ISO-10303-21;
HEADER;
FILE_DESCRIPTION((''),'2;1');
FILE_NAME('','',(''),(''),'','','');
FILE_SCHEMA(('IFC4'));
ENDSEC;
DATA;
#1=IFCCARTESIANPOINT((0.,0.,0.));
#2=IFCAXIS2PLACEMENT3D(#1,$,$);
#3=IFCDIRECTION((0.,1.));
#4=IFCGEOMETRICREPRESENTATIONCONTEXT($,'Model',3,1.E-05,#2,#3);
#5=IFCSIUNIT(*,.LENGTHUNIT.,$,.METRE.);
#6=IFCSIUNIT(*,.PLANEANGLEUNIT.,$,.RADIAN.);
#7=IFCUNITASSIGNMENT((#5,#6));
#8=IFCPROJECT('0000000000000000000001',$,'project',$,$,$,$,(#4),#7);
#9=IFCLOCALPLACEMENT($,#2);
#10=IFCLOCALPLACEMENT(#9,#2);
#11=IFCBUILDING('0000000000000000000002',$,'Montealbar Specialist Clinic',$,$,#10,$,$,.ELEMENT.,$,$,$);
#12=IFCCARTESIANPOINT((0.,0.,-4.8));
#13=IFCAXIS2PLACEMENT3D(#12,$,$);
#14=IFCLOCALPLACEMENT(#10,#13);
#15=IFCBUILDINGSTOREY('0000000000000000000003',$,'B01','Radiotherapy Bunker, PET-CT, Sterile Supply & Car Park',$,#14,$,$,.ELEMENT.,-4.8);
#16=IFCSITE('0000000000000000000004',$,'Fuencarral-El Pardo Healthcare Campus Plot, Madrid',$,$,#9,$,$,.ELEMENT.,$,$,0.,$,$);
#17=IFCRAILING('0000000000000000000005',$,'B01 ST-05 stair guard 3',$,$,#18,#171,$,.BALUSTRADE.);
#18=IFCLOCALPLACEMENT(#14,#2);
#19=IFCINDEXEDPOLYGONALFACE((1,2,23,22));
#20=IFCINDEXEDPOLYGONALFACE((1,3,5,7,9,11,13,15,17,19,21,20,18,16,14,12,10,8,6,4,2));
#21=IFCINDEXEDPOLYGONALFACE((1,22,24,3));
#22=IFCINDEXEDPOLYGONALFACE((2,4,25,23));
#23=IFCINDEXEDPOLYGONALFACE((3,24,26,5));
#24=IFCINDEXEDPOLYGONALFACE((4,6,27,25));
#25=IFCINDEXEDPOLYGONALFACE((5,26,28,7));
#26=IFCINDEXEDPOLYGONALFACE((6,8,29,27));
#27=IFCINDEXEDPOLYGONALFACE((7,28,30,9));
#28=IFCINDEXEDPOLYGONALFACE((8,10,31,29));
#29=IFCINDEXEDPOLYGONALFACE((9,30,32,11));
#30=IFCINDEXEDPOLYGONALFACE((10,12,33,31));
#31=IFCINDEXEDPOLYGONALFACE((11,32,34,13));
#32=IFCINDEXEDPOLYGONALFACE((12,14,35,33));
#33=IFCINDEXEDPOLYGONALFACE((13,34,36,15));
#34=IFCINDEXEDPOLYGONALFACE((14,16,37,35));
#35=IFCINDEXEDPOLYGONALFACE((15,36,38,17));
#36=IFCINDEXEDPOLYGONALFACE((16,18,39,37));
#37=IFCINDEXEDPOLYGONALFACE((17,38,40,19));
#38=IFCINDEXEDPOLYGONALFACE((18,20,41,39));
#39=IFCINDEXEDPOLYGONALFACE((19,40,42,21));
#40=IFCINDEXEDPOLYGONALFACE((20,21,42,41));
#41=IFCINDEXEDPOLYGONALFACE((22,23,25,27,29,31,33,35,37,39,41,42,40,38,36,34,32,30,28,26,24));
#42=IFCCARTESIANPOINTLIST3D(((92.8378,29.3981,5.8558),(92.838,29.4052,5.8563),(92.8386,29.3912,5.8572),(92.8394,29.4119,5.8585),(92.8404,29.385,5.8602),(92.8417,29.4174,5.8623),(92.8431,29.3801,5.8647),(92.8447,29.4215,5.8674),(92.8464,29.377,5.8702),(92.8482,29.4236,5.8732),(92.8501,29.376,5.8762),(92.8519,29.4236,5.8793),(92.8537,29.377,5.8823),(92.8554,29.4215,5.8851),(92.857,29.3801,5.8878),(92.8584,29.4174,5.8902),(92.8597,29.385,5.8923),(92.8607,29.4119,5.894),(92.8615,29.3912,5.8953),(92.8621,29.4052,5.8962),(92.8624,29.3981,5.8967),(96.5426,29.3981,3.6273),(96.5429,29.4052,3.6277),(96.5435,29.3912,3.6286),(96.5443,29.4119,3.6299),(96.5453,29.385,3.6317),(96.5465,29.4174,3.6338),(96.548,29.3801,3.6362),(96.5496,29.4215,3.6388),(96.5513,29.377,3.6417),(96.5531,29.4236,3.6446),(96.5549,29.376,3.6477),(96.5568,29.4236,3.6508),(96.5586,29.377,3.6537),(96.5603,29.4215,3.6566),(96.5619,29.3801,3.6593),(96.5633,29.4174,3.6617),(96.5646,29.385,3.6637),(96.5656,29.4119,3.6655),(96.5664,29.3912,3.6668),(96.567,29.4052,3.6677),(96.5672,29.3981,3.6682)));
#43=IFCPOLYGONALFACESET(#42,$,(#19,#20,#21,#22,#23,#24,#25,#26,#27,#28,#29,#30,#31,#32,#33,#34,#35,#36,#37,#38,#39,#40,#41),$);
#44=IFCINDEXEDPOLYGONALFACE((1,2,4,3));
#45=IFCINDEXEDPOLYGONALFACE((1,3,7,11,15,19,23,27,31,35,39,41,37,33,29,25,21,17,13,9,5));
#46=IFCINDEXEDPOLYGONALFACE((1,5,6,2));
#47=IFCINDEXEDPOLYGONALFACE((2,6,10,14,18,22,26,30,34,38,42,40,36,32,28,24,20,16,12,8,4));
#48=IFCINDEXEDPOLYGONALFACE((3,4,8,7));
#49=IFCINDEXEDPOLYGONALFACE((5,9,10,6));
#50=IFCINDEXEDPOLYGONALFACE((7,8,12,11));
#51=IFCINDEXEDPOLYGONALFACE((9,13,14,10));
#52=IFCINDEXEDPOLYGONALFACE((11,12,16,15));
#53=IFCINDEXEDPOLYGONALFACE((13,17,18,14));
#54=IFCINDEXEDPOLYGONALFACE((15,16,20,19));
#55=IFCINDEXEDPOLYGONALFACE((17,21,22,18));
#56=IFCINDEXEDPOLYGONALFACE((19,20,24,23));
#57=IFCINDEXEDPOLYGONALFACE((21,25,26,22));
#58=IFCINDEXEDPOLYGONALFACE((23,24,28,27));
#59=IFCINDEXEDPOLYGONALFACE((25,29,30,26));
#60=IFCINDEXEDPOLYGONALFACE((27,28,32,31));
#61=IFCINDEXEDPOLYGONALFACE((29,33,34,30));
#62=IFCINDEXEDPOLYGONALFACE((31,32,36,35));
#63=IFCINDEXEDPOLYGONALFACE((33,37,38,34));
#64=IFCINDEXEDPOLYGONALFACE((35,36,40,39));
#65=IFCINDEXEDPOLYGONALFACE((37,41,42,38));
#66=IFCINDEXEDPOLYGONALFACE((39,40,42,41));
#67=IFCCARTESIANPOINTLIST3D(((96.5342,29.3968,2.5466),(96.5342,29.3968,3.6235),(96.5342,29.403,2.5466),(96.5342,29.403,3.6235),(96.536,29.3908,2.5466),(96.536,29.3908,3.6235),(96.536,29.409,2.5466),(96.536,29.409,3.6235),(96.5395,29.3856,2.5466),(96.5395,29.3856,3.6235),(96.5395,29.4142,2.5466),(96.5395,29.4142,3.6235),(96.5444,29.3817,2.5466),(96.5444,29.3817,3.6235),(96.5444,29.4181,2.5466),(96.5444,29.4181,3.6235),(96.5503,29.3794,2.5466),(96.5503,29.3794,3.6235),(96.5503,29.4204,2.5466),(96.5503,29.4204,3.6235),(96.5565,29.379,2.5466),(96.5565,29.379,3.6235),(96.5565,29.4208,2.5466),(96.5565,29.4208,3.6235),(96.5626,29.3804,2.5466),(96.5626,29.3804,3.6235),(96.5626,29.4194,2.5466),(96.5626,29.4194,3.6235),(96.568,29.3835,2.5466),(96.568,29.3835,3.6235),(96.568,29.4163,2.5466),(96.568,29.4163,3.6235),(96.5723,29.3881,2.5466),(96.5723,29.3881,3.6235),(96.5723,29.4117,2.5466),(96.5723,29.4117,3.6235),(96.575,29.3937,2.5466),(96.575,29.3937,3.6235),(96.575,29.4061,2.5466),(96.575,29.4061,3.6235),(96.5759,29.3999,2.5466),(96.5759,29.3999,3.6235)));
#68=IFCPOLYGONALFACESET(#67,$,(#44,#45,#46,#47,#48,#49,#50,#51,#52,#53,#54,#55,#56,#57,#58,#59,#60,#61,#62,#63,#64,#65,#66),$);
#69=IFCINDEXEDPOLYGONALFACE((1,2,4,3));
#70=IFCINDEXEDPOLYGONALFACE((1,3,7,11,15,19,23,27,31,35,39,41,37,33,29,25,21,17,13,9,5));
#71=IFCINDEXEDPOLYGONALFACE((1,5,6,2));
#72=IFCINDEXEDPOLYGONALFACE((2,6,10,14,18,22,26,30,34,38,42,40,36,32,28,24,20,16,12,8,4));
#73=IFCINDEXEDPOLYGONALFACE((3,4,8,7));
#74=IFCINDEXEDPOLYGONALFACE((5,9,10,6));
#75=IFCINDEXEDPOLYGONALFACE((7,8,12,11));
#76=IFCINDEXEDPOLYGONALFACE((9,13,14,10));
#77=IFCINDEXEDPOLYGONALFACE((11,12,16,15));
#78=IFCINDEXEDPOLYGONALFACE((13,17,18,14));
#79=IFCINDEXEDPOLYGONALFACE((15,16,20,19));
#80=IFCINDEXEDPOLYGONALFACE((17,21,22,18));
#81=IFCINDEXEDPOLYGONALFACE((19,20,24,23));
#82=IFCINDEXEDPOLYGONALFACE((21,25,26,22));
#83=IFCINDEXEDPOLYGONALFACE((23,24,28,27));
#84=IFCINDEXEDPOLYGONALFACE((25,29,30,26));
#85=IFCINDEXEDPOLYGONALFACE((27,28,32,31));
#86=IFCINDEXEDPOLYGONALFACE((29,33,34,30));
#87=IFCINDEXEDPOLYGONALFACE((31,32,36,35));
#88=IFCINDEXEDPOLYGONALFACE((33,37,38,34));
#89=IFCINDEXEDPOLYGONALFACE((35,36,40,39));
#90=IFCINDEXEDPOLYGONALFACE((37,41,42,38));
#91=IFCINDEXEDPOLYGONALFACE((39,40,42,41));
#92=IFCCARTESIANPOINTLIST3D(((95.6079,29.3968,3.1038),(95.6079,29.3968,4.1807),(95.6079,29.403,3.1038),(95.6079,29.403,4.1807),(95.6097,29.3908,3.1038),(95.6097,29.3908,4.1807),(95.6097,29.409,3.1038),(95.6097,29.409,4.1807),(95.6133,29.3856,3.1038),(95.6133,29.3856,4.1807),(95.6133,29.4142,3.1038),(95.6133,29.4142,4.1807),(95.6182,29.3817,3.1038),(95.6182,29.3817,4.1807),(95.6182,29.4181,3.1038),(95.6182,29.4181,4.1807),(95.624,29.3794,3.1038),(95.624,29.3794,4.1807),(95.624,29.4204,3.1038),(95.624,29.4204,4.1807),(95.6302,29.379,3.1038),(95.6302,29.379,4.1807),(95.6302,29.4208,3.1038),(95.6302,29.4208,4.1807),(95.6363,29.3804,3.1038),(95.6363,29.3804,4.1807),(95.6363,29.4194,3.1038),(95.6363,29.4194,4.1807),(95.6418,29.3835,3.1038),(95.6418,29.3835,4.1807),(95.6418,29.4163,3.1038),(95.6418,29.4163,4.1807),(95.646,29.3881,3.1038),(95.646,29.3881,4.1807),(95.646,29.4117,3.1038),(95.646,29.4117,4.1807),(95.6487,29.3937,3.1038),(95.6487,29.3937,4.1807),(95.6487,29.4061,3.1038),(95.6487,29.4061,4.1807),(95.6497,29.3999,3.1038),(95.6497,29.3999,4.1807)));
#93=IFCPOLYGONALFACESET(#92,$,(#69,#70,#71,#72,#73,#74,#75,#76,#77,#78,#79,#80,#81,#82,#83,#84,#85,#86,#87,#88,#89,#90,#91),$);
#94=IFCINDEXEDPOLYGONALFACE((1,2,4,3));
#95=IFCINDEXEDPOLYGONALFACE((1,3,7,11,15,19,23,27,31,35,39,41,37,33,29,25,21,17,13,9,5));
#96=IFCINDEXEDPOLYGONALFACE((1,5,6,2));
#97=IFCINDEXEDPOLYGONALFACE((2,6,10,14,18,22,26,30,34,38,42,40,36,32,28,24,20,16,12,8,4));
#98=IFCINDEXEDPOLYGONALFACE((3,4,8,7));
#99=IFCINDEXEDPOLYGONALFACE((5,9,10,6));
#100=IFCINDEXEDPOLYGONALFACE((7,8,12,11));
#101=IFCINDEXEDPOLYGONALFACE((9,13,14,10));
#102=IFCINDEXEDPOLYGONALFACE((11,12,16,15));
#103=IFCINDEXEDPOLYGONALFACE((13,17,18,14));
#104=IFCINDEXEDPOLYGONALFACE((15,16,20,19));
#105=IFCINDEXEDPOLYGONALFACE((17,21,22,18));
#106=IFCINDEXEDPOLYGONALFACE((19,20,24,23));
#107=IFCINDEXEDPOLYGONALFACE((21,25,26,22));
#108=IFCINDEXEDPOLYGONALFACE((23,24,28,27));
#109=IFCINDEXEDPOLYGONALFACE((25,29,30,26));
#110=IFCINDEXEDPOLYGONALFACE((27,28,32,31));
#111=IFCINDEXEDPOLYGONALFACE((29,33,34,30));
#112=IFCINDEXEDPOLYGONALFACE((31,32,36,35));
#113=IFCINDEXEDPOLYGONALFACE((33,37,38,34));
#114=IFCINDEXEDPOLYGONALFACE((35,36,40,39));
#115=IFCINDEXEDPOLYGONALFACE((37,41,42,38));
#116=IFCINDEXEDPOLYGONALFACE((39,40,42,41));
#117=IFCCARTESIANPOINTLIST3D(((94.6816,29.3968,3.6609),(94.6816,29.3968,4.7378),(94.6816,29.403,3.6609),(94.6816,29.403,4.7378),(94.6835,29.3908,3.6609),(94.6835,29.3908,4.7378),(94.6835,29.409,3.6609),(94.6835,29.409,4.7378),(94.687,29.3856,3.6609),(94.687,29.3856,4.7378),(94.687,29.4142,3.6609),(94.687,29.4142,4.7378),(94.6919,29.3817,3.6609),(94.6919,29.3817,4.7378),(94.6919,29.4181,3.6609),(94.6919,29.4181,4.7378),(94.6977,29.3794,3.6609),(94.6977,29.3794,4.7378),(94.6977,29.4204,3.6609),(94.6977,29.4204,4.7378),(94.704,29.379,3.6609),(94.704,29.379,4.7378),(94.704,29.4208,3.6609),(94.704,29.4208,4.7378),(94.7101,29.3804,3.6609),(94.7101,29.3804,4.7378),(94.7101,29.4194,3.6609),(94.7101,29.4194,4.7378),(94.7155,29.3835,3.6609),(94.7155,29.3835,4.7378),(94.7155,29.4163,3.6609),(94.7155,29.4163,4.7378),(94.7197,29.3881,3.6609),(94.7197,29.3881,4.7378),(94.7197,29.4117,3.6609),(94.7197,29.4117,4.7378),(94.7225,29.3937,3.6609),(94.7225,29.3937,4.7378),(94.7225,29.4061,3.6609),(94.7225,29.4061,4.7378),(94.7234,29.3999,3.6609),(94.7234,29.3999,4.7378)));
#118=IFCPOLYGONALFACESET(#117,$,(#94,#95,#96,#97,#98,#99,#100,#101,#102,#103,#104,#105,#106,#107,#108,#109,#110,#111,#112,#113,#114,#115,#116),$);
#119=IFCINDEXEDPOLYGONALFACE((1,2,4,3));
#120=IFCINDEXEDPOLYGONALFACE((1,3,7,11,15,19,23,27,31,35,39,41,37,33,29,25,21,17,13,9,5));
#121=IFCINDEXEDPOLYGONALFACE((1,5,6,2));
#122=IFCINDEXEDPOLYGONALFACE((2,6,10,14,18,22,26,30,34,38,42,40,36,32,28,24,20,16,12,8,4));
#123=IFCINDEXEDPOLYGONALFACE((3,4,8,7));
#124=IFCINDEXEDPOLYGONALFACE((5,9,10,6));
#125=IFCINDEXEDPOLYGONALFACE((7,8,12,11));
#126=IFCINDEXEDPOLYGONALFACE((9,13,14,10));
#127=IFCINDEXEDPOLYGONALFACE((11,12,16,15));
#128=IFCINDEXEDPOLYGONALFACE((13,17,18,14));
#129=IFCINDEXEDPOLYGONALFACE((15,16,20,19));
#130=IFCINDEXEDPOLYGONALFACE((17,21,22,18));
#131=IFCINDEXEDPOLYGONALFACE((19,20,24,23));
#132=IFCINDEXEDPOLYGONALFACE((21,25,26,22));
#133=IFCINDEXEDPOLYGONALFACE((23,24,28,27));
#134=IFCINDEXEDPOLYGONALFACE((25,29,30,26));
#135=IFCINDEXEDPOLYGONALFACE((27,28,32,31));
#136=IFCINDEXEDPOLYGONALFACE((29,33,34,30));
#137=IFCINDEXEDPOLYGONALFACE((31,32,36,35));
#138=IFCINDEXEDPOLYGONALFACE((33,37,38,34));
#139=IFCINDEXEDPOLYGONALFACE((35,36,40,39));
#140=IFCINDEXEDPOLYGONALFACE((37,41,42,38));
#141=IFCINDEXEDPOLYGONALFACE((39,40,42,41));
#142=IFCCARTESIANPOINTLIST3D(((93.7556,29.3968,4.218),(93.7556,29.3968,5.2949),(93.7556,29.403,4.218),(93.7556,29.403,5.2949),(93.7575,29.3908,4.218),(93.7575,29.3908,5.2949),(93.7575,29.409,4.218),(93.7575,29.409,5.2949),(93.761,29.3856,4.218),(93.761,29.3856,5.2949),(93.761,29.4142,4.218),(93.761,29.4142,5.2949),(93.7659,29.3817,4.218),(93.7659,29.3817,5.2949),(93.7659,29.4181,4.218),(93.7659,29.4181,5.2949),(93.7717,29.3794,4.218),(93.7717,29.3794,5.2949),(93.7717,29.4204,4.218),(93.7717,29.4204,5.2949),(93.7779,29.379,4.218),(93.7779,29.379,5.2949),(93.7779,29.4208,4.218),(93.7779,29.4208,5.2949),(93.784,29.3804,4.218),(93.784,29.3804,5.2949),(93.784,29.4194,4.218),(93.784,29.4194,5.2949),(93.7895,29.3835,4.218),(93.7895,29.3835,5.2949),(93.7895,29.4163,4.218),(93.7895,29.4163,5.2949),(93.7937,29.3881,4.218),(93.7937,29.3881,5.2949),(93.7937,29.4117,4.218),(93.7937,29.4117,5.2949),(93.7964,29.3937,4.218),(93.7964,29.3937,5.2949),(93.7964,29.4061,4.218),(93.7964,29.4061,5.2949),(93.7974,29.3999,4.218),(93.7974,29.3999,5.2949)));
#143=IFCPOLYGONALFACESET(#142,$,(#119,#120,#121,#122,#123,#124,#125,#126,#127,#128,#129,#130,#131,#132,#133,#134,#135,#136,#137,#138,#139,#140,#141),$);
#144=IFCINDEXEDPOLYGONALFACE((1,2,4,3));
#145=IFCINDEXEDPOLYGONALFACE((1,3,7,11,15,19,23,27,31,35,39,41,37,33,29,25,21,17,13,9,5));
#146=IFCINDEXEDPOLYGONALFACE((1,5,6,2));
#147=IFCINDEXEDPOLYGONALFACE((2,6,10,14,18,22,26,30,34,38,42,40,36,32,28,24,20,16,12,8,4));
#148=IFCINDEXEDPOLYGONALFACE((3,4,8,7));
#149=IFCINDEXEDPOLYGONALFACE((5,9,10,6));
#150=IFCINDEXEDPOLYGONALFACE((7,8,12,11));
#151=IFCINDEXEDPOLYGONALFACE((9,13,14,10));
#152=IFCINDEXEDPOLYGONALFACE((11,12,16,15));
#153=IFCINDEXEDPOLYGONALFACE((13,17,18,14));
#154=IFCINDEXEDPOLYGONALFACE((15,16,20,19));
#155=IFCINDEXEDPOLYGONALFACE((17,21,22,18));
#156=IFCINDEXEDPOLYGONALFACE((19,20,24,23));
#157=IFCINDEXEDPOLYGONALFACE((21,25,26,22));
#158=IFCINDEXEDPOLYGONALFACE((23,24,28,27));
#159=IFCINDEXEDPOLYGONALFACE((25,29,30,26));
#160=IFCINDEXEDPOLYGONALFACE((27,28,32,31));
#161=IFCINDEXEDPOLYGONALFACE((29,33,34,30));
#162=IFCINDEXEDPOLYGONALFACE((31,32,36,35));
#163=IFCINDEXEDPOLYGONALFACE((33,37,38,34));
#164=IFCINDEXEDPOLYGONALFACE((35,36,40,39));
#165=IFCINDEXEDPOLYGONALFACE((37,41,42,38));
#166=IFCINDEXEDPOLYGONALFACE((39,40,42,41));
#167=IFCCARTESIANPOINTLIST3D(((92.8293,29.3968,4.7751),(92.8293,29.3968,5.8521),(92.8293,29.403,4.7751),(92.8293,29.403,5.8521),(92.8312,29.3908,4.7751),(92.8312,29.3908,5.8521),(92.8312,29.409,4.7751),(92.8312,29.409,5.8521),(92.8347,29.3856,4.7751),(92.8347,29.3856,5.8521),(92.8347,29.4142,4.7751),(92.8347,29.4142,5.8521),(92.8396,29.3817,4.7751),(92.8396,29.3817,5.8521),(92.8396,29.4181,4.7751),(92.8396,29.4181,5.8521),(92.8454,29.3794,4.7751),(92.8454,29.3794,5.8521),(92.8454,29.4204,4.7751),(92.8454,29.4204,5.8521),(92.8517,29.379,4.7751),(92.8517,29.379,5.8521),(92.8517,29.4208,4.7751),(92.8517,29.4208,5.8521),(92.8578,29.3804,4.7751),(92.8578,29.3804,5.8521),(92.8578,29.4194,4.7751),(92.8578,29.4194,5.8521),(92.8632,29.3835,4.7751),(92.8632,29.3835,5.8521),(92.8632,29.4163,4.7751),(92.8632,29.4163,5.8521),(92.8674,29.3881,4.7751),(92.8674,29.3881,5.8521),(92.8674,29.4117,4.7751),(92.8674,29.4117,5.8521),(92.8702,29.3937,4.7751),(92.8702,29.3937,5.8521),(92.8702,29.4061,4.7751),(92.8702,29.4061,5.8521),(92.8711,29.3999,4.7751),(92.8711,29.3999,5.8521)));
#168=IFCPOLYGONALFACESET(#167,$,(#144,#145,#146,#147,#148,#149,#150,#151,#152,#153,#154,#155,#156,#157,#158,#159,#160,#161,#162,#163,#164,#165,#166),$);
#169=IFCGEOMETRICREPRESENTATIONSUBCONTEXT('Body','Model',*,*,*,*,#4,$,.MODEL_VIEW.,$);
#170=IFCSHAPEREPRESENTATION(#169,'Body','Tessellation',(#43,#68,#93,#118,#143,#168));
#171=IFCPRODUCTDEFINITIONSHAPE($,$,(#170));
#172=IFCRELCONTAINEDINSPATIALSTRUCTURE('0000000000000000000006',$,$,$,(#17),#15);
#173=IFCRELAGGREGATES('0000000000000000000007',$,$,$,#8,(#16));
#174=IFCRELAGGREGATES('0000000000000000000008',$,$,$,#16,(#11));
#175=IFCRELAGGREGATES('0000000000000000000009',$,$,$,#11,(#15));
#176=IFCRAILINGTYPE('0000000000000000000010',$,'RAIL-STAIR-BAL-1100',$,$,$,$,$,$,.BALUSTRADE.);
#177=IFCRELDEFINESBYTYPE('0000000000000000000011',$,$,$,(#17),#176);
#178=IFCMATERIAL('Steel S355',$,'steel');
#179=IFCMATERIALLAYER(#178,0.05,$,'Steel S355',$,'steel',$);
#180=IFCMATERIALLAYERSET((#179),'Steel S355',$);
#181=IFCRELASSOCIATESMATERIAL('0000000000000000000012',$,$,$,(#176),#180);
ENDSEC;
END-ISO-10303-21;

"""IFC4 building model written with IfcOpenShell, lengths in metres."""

from ifc_helpers import new_model, si_unit, direction, frame, origin, origin_2d, place, context, subcontext, project, spatial, circle, extrude, material, layer, layer_set, type_object, element, save


model = new_model("IFC4")

# Units and contexts
model_context = context("Model", 3, precision=1e-05, world=origin(), true_north=direction((0.0, 1.0)))
body_context = subcontext(model_context, "Body", "Model", "MODEL_VIEW")
ifc_project = project(units=[si_unit("LENGTHUNIT", "METRE"), si_unit("PLANEANGLEUNIT", "RADIAN")], contexts=[model_context])

# Site, building, storey
site_placement = place(None, origin())
site = spatial("IfcSite", under=ifc_project, at=site_placement, Name="Fuencarral-El Pardo Healthcare Campus Plot, Madrid", CompositionType="ELEMENT", RefElevation=0.0)
building_placement = place(site_placement, origin())
building = spatial("IfcBuilding", under=site, at=building_placement, Name="Montealbar Specialist Clinic", CompositionType="ELEMENT")
storey_placement = place(building_placement, frame((0.0, 0.0, -4.8)))
storey = spatial("IfcBuildingStorey", under=building, at=storey_placement, Name="B01", Description="Radiotherapy Bunker, PET-CT, Sterile Supply & Car Park", CompositionType="ELEMENT", Elevation=-4.8)

# Shared definitions
ifc_material_1 = material(Name="Steel S355", Category="steel")

# Railing
ifc_layer_1 = layer(ifc_material_1, 0.05, Name="Steel S355", Category="steel")
ifc_layer_set_1 = layer_set([ifc_layer_1], Name="Steel S355")
railing_type_1 = type_object("IfcRailingType", Name="RAIL-STAIR-BAL-1100", PredefinedType="BALUSTRADE", material=ifc_layer_set_1)
railing_1_placement = place(storey_placement, frame((96.5549, 29.3999, 2.5715)))
element("IfcRailing", 1, at=railing_1_placement, inside=storey, type_object=railing_type_1, Name="B01 ST-05 stair guard 3", PredefinedType="BALUSTRADE", context=body_context, shape_type="SweptSolid", body=[
    extrude(circle(Radius=0.0239, at=origin_2d()), frame((0.0, 0.0, 1.0762), z_axis=(-0.856919, 0.0, 0.51545), x_axis=(0.0, -1.0, 0.0)), (0.0, 0.0, 1.0), 4.3235),
    extrude(circle(Radius=0.021, at=origin_2d()), frame((0.0, 0.0, -0.0249)), (0.0, 0.0, 1.0), 1.0769),
    extrude(circle(Radius=0.021, at=origin_2d()), frame((-0.9263, 0.0, 0.5322)), (0.0, 0.0, 1.0), 1.0769),
    extrude(circle(Radius=0.021, at=origin_2d()), frame((-1.8525, 0.0, 1.0894)), (0.0, 0.0, 1.0), 1.0769),
    extrude(circle(Radius=0.021, at=origin_2d()), frame((-2.7786, 0.0, 1.6465)), (0.0, 0.0, 1.0), 1.0769),
    extrude(circle(Radius=0.021, at=origin_2d()), frame((-3.7048, 0.0, 2.2036)), (0.0, 0.0, 1.0), 1.0769),
])

save(model, "model.ifc")
